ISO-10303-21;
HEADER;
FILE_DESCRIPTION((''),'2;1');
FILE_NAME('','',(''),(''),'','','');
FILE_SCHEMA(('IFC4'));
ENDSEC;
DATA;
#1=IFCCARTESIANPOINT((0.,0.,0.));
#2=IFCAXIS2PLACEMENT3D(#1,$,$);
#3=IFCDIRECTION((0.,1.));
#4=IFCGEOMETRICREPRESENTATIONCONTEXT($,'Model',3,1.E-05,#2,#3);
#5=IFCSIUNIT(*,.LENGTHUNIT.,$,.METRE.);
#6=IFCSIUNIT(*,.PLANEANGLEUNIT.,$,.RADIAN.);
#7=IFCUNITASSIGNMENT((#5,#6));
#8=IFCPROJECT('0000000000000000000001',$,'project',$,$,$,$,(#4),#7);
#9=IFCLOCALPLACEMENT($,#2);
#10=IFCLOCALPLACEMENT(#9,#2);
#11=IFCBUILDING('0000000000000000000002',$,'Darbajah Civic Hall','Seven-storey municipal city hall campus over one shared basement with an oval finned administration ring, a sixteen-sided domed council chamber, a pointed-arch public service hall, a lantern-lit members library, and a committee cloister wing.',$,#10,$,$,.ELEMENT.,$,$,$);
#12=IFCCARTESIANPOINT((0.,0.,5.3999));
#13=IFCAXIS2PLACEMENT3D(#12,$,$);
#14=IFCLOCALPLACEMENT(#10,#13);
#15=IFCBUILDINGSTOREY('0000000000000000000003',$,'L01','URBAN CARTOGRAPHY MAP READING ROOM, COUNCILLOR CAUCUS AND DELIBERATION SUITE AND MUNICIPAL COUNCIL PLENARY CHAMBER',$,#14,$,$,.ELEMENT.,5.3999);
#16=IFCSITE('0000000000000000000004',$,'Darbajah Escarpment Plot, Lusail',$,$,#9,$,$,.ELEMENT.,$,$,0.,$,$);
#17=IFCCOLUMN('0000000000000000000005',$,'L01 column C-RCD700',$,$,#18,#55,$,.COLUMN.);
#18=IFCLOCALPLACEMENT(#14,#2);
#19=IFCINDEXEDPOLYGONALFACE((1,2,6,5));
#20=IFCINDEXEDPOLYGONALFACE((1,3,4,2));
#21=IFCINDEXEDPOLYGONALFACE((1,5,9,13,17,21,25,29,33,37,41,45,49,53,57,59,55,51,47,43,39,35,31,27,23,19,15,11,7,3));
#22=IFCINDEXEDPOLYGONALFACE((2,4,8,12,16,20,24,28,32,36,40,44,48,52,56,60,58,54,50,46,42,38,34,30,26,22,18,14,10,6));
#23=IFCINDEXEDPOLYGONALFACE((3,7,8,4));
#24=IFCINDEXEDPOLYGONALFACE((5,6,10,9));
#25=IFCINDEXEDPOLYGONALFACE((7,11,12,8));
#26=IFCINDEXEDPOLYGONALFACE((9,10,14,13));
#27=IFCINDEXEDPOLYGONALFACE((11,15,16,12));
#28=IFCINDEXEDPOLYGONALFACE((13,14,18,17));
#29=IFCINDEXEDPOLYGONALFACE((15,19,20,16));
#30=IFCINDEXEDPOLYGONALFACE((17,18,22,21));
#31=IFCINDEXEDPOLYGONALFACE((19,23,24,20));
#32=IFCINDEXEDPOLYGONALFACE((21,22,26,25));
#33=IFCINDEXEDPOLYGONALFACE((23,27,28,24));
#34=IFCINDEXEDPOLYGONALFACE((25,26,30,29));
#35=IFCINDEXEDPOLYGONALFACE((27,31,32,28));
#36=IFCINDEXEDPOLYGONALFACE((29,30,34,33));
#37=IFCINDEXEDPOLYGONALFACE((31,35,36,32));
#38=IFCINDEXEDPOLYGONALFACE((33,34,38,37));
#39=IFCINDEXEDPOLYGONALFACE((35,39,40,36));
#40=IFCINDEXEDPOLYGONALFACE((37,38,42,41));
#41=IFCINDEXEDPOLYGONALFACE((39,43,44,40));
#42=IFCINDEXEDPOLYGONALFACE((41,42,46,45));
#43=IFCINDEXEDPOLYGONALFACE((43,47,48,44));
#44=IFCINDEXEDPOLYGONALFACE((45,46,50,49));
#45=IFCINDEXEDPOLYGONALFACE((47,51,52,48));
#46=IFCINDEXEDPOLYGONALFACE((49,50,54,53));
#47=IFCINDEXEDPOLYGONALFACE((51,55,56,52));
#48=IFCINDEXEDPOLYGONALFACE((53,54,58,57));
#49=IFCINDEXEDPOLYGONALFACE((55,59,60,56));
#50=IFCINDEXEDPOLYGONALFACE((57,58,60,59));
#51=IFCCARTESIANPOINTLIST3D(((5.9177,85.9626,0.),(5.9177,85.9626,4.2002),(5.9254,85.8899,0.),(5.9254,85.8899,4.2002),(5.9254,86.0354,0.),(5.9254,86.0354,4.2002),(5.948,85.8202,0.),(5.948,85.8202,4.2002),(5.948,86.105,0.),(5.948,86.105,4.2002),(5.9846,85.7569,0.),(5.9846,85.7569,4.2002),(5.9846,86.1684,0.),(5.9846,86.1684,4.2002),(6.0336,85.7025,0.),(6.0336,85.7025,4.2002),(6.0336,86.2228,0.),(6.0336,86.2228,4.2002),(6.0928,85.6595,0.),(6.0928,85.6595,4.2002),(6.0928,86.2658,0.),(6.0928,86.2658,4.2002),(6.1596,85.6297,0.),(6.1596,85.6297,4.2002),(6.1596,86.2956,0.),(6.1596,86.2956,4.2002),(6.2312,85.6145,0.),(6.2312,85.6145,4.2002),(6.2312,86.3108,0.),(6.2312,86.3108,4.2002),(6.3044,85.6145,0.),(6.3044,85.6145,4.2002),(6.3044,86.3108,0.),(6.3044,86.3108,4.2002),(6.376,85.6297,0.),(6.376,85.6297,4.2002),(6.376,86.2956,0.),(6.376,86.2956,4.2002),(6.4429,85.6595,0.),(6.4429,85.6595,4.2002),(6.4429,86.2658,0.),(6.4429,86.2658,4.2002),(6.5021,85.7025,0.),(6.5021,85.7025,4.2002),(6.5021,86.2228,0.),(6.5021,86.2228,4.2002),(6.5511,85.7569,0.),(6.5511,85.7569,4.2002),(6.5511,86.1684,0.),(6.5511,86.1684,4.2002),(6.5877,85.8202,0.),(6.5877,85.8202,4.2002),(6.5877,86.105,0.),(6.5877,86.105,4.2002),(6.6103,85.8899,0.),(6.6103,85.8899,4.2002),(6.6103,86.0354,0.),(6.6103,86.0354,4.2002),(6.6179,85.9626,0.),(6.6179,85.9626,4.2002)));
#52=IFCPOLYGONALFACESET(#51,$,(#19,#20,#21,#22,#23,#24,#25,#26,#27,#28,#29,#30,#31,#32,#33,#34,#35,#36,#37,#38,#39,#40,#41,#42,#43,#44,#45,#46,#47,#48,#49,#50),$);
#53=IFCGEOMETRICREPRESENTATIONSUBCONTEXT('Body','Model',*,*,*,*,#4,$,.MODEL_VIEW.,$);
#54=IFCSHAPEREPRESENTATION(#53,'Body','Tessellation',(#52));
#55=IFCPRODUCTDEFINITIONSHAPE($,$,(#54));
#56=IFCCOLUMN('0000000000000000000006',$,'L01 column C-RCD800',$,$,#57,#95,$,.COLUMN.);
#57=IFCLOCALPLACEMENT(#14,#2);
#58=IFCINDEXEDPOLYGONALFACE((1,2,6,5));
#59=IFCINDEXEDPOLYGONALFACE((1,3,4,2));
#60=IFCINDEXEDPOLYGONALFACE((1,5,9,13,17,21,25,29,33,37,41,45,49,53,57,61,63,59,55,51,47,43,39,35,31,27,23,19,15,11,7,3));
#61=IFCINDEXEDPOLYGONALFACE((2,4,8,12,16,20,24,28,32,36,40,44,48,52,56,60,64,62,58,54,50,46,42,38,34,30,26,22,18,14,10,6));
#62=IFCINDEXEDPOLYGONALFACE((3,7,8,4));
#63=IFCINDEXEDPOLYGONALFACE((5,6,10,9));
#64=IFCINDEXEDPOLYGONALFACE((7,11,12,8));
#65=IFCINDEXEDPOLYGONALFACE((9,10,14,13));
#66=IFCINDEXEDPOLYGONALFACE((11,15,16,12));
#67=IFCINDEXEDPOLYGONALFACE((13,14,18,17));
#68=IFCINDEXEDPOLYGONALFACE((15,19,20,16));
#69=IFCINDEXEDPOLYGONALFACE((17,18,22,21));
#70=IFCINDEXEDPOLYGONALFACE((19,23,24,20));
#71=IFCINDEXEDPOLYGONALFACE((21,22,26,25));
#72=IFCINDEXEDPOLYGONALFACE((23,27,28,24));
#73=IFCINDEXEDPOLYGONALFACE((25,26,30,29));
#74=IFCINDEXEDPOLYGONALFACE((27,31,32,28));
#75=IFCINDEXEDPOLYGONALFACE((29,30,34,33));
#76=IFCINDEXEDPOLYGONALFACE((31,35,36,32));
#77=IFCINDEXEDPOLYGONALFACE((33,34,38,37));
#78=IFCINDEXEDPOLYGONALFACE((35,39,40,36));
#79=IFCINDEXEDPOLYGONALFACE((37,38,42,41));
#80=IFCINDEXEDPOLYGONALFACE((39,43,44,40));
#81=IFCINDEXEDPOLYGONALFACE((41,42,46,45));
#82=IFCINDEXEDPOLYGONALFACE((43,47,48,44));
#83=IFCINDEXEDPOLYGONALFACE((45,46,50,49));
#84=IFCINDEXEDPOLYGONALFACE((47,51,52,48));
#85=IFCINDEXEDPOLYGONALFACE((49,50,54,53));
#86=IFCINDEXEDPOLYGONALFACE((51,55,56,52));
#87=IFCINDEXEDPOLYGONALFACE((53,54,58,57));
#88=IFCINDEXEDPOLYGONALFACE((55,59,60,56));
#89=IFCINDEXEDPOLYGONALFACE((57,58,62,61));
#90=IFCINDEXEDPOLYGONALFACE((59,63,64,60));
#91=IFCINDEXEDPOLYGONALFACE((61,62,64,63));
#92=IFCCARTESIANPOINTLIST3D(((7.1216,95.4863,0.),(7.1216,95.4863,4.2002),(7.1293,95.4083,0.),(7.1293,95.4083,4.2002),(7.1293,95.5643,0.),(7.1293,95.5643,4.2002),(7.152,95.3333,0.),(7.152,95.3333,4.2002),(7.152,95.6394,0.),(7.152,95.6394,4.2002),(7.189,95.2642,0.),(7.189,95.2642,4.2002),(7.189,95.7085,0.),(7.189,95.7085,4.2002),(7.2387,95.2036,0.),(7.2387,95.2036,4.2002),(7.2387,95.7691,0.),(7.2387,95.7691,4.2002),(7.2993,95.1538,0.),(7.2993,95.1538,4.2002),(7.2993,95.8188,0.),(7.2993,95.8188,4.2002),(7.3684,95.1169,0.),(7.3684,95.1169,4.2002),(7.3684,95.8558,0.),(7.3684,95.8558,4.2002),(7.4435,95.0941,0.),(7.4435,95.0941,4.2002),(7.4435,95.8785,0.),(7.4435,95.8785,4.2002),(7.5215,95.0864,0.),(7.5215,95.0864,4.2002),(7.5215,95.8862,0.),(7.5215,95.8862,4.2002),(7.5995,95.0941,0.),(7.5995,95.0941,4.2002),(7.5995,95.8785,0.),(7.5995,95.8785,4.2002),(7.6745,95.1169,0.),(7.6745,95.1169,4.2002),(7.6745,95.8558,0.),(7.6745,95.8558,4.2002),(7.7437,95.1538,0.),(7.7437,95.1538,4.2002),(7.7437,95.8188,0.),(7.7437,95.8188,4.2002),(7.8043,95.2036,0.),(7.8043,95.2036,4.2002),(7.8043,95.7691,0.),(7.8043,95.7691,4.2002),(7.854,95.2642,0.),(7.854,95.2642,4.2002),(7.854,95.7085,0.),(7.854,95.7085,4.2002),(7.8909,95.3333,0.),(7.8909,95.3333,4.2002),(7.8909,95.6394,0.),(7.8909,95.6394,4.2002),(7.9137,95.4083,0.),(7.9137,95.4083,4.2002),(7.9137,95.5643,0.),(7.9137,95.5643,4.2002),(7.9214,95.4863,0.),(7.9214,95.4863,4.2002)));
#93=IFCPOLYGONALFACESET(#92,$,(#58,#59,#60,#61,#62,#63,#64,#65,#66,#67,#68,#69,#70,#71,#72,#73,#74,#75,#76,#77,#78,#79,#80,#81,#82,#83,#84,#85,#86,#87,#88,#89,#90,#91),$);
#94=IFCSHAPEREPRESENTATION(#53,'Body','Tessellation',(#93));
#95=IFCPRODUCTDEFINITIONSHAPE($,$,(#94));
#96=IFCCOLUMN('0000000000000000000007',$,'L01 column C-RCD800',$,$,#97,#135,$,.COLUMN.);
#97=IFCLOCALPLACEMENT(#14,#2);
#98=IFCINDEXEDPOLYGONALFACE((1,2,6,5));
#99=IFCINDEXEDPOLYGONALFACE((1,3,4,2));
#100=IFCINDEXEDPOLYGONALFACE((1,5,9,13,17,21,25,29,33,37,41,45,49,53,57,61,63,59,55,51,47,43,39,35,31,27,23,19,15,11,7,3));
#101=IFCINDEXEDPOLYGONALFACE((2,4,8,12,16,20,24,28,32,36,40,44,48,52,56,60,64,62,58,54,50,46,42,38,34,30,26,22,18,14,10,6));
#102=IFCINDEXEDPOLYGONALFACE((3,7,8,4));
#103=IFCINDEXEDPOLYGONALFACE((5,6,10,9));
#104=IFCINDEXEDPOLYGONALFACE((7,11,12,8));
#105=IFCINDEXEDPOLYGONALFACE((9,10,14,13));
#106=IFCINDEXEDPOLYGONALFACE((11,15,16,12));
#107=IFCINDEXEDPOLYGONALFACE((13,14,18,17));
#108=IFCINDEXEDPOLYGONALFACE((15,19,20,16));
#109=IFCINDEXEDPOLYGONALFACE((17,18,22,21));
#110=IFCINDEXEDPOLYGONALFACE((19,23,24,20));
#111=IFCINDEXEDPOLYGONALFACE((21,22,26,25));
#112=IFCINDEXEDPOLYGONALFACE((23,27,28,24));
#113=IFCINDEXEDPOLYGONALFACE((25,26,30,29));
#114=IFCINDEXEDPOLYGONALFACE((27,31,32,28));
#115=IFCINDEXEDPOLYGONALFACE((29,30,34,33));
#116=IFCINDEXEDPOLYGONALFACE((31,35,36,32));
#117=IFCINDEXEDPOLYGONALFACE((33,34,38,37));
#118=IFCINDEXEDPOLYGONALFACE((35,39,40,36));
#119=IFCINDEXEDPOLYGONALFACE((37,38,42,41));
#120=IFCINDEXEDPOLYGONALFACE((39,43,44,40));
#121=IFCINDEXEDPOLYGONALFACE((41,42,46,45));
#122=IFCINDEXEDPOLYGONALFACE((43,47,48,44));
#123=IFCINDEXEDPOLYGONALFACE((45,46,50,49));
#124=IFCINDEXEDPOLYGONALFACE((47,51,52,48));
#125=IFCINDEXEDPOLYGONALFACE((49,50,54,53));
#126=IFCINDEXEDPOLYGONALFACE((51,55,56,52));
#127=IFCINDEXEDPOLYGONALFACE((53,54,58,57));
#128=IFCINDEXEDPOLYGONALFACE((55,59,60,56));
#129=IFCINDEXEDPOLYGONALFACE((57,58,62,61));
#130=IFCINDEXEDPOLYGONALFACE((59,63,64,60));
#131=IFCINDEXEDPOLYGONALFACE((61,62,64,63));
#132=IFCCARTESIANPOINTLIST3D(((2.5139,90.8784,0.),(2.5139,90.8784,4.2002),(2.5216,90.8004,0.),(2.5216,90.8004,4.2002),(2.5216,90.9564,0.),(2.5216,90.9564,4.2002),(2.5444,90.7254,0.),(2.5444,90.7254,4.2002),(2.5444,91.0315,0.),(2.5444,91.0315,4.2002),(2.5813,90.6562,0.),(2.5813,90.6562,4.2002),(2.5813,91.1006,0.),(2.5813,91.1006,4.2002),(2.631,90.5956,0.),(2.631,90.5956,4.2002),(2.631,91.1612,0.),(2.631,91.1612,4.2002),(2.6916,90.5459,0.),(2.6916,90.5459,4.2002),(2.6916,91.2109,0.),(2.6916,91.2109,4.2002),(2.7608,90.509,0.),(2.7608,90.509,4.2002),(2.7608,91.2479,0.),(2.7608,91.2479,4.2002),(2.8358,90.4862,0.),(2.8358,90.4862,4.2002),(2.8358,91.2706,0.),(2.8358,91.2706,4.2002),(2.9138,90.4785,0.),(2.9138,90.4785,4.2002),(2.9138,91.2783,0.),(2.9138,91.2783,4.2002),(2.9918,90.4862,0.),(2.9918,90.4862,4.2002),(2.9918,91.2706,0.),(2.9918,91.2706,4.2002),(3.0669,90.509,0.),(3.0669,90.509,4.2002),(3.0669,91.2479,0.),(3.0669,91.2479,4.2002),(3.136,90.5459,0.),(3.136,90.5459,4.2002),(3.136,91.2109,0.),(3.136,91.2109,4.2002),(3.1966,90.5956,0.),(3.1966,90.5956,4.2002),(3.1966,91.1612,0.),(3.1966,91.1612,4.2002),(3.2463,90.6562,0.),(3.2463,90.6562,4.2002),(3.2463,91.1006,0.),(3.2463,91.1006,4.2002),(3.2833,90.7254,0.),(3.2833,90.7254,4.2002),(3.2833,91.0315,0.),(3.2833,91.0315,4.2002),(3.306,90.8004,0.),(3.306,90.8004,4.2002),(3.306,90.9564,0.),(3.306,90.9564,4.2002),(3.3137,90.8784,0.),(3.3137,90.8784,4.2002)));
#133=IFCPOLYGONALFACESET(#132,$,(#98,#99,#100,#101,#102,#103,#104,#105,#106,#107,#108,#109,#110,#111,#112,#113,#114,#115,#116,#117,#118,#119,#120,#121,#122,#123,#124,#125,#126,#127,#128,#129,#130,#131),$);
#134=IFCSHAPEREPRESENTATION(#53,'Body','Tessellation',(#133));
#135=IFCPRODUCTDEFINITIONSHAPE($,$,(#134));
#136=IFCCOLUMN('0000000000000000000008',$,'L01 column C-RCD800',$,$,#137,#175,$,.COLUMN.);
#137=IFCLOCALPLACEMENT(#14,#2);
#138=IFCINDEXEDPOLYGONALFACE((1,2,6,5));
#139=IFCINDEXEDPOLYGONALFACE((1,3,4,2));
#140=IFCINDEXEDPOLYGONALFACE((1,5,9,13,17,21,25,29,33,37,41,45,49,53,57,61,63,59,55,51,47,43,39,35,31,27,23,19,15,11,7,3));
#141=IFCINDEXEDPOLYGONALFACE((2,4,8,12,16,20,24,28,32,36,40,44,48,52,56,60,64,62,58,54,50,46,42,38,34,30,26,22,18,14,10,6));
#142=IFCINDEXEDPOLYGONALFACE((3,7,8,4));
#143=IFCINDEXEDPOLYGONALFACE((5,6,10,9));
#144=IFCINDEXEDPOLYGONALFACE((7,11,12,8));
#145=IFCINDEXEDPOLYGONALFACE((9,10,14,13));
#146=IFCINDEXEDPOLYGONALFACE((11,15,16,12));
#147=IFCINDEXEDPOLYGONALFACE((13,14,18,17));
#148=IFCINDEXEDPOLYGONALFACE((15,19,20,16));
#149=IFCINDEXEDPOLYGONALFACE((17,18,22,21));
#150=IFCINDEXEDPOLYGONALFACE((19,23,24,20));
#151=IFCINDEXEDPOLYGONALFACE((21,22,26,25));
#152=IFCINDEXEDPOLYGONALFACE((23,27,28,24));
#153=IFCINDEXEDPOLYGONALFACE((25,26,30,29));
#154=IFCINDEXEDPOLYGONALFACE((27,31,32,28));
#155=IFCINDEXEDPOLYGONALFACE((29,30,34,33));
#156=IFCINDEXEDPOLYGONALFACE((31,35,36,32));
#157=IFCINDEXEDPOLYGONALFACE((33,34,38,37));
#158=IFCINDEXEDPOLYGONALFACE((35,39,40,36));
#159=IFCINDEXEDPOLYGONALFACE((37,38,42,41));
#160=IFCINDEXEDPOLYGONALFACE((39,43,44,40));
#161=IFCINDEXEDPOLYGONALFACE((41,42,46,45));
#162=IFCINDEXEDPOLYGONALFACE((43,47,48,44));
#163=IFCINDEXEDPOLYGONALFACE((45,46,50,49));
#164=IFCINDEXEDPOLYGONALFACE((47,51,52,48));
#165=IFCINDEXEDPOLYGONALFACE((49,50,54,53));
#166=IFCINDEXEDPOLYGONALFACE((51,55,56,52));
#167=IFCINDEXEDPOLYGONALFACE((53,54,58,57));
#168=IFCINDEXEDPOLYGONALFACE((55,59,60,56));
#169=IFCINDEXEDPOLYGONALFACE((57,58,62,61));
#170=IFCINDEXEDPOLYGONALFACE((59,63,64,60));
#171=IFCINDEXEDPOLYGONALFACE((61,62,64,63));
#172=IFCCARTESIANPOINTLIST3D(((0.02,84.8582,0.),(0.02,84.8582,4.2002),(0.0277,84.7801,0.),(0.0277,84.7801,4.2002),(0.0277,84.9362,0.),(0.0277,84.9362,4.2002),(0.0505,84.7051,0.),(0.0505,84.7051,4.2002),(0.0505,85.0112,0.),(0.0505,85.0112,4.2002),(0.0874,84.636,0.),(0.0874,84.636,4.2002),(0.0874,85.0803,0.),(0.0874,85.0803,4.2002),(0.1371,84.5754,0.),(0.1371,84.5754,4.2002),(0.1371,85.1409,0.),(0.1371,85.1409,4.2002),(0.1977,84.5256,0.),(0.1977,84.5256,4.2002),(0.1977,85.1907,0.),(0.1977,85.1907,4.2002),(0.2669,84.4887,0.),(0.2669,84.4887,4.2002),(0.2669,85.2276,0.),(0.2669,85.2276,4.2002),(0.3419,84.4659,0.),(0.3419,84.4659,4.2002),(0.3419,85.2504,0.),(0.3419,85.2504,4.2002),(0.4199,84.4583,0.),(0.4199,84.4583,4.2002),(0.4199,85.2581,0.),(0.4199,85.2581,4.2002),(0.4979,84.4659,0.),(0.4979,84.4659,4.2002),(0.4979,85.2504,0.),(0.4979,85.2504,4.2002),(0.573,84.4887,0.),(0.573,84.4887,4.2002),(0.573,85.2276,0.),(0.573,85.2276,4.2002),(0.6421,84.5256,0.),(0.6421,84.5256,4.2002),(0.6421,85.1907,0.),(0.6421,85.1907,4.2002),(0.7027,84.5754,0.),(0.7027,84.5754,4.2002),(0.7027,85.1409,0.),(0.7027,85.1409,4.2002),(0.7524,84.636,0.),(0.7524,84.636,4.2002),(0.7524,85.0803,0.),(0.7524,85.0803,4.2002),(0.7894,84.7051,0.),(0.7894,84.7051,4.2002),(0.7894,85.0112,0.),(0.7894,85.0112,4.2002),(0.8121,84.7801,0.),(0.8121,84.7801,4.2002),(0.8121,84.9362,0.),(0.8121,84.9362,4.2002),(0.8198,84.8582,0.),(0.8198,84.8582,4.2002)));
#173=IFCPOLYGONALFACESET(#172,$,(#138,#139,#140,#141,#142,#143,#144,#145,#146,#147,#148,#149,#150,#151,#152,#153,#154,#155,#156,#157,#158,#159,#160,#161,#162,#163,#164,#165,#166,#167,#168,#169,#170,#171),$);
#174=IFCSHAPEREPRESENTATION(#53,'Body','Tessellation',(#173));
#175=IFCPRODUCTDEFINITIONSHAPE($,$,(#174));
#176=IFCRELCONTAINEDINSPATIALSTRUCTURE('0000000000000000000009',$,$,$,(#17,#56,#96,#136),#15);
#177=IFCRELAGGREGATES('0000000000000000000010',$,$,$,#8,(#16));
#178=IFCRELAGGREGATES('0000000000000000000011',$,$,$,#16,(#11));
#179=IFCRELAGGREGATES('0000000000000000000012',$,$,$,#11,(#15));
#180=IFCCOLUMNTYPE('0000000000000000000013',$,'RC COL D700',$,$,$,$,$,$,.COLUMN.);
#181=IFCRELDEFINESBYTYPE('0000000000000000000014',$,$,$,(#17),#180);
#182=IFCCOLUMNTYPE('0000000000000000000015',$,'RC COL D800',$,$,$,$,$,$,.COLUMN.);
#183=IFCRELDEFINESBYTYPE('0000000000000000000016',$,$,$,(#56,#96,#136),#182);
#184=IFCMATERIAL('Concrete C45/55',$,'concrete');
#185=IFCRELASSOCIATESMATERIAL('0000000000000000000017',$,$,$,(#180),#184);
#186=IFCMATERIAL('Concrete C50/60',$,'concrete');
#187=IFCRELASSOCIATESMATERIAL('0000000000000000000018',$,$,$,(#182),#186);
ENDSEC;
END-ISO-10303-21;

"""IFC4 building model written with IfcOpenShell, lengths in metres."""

from ifc_helpers import new_model, si_unit, direction, frame, origin, origin_2d, place, context, subcontext, project, spatial, circle, extrude, material, material_profile, profile_set, type_object, element, save


model = new_model("IFC4")

# Units and contexts
model_context = context("Model", 3, precision=1e-05, world=origin(), true_north=direction((0.0, 1.0)))
body_context = subcontext(model_context, "Body", "Model", "MODEL_VIEW")
ifc_project = project(units=[si_unit("LENGTHUNIT", "METRE"), si_unit("PLANEANGLEUNIT", "RADIAN")], contexts=[model_context])

# Site, building, storey
site_placement = place(None, origin())
site = spatial("IfcSite", under=ifc_project, at=site_placement, Name="Darbajah Escarpment Plot, Lusail", CompositionType="ELEMENT", RefElevation=0.0)
building_placement = place(site_placement, origin())
building = spatial("IfcBuilding", under=site, at=building_placement, Name="Darbajah Civic Hall", Description="Seven-storey municipal city hall campus over one shared basement with an oval finned administration ring, a sixteen-sided domed council chamber, a pointed-arch public service hall, a lantern-lit members library, and a committee cloister wing.", CompositionType="ELEMENT")
storey_placement = place(building_placement, frame((0.0, 0.0, 5.3999)))
storey = spatial("IfcBuildingStorey", under=building, at=storey_placement, Name="L01", Description="URBAN CARTOGRAPHY MAP READING ROOM, COUNCILLOR CAUCUS AND DELIBERATION SUITE AND MUNICIPAL COUNCIL PLENARY CHAMBER", CompositionType="ELEMENT", Elevation=5.3999)

# Columns
ifc_material_1 = material(Name="Concrete C45/55", Category="concrete")
ifc_material_profile_1 = material_profile(ifc_material_1, circle(Radius=0.3501, at=origin_2d()), Name="RC COL D700")
ifc_profile_set_1 = profile_set([ifc_material_profile_1], Name="Concrete C45/55")
column_type_1 = type_object("IfcColumnType", Name="RC COL D700", PredefinedType="COLUMN", material=ifc_profile_set_1)
column_placement = place(storey_placement, frame((6.2678, 85.9626, 0.0), z_axis=(0.0, 0.0, 1.0), x_axis=(1.0, 0.0, 0.0)))
element("IfcColumn", 1, at=column_placement, inside=storey, type_object=column_type_1, Name="L01 column C-RCD700", PredefinedType="COLUMN", context=body_context, shape_type="SweptSolid", body=[
    extrude(circle(Radius=0.3501, at=origin_2d()), origin(), (0.0, 0.0, 1.0), 4.2002),
])
ifc_material_2 = material(Name="Concrete C50/60", Category="concrete")
ifc_material_profile_2 = material_profile(ifc_material_2, circle(Radius=0.3999, at=origin_2d()), Name="RC COL D800")
ifc_profile_set_2 = profile_set([ifc_material_profile_2], Name="Concrete C50/60")
column_type_2 = type_object("IfcColumnType", Name="RC COL D800", PredefinedType="COLUMN", material=ifc_profile_set_2)
for number, where, z_axis, x_axis, name in (
    (2, (7.5215, 95.4863, 0.0), (0.0, 0.0, 1.0), (1.0, 0.0, 0.0), "L01 column C-RCD800"),
    (3, (2.9138, 90.8784, 0.0), (0.0, 0.0, 1.0), (1.0, 0.0, 0.0), "L01 column C-RCD800"),
    (4, (0.4199, 84.8582, 0.0), (0.0, 0.0, 1.0), (1.0, 0.0, 0.0), "L01 column C-RCD800"),
):
    element("IfcColumn", number, at=place(storey_placement, frame(where, z_axis=z_axis, x_axis=x_axis)), inside=storey, type_object=column_type_2, Name=name, PredefinedType="COLUMN", context=body_context, shape_type="SweptSolid", body=[
        extrude(circle(Radius=0.3999, at=origin_2d()), origin(), (0.0, 0.0, 1.0), 4.2002),
    ])

save(model, "model.ifc")
